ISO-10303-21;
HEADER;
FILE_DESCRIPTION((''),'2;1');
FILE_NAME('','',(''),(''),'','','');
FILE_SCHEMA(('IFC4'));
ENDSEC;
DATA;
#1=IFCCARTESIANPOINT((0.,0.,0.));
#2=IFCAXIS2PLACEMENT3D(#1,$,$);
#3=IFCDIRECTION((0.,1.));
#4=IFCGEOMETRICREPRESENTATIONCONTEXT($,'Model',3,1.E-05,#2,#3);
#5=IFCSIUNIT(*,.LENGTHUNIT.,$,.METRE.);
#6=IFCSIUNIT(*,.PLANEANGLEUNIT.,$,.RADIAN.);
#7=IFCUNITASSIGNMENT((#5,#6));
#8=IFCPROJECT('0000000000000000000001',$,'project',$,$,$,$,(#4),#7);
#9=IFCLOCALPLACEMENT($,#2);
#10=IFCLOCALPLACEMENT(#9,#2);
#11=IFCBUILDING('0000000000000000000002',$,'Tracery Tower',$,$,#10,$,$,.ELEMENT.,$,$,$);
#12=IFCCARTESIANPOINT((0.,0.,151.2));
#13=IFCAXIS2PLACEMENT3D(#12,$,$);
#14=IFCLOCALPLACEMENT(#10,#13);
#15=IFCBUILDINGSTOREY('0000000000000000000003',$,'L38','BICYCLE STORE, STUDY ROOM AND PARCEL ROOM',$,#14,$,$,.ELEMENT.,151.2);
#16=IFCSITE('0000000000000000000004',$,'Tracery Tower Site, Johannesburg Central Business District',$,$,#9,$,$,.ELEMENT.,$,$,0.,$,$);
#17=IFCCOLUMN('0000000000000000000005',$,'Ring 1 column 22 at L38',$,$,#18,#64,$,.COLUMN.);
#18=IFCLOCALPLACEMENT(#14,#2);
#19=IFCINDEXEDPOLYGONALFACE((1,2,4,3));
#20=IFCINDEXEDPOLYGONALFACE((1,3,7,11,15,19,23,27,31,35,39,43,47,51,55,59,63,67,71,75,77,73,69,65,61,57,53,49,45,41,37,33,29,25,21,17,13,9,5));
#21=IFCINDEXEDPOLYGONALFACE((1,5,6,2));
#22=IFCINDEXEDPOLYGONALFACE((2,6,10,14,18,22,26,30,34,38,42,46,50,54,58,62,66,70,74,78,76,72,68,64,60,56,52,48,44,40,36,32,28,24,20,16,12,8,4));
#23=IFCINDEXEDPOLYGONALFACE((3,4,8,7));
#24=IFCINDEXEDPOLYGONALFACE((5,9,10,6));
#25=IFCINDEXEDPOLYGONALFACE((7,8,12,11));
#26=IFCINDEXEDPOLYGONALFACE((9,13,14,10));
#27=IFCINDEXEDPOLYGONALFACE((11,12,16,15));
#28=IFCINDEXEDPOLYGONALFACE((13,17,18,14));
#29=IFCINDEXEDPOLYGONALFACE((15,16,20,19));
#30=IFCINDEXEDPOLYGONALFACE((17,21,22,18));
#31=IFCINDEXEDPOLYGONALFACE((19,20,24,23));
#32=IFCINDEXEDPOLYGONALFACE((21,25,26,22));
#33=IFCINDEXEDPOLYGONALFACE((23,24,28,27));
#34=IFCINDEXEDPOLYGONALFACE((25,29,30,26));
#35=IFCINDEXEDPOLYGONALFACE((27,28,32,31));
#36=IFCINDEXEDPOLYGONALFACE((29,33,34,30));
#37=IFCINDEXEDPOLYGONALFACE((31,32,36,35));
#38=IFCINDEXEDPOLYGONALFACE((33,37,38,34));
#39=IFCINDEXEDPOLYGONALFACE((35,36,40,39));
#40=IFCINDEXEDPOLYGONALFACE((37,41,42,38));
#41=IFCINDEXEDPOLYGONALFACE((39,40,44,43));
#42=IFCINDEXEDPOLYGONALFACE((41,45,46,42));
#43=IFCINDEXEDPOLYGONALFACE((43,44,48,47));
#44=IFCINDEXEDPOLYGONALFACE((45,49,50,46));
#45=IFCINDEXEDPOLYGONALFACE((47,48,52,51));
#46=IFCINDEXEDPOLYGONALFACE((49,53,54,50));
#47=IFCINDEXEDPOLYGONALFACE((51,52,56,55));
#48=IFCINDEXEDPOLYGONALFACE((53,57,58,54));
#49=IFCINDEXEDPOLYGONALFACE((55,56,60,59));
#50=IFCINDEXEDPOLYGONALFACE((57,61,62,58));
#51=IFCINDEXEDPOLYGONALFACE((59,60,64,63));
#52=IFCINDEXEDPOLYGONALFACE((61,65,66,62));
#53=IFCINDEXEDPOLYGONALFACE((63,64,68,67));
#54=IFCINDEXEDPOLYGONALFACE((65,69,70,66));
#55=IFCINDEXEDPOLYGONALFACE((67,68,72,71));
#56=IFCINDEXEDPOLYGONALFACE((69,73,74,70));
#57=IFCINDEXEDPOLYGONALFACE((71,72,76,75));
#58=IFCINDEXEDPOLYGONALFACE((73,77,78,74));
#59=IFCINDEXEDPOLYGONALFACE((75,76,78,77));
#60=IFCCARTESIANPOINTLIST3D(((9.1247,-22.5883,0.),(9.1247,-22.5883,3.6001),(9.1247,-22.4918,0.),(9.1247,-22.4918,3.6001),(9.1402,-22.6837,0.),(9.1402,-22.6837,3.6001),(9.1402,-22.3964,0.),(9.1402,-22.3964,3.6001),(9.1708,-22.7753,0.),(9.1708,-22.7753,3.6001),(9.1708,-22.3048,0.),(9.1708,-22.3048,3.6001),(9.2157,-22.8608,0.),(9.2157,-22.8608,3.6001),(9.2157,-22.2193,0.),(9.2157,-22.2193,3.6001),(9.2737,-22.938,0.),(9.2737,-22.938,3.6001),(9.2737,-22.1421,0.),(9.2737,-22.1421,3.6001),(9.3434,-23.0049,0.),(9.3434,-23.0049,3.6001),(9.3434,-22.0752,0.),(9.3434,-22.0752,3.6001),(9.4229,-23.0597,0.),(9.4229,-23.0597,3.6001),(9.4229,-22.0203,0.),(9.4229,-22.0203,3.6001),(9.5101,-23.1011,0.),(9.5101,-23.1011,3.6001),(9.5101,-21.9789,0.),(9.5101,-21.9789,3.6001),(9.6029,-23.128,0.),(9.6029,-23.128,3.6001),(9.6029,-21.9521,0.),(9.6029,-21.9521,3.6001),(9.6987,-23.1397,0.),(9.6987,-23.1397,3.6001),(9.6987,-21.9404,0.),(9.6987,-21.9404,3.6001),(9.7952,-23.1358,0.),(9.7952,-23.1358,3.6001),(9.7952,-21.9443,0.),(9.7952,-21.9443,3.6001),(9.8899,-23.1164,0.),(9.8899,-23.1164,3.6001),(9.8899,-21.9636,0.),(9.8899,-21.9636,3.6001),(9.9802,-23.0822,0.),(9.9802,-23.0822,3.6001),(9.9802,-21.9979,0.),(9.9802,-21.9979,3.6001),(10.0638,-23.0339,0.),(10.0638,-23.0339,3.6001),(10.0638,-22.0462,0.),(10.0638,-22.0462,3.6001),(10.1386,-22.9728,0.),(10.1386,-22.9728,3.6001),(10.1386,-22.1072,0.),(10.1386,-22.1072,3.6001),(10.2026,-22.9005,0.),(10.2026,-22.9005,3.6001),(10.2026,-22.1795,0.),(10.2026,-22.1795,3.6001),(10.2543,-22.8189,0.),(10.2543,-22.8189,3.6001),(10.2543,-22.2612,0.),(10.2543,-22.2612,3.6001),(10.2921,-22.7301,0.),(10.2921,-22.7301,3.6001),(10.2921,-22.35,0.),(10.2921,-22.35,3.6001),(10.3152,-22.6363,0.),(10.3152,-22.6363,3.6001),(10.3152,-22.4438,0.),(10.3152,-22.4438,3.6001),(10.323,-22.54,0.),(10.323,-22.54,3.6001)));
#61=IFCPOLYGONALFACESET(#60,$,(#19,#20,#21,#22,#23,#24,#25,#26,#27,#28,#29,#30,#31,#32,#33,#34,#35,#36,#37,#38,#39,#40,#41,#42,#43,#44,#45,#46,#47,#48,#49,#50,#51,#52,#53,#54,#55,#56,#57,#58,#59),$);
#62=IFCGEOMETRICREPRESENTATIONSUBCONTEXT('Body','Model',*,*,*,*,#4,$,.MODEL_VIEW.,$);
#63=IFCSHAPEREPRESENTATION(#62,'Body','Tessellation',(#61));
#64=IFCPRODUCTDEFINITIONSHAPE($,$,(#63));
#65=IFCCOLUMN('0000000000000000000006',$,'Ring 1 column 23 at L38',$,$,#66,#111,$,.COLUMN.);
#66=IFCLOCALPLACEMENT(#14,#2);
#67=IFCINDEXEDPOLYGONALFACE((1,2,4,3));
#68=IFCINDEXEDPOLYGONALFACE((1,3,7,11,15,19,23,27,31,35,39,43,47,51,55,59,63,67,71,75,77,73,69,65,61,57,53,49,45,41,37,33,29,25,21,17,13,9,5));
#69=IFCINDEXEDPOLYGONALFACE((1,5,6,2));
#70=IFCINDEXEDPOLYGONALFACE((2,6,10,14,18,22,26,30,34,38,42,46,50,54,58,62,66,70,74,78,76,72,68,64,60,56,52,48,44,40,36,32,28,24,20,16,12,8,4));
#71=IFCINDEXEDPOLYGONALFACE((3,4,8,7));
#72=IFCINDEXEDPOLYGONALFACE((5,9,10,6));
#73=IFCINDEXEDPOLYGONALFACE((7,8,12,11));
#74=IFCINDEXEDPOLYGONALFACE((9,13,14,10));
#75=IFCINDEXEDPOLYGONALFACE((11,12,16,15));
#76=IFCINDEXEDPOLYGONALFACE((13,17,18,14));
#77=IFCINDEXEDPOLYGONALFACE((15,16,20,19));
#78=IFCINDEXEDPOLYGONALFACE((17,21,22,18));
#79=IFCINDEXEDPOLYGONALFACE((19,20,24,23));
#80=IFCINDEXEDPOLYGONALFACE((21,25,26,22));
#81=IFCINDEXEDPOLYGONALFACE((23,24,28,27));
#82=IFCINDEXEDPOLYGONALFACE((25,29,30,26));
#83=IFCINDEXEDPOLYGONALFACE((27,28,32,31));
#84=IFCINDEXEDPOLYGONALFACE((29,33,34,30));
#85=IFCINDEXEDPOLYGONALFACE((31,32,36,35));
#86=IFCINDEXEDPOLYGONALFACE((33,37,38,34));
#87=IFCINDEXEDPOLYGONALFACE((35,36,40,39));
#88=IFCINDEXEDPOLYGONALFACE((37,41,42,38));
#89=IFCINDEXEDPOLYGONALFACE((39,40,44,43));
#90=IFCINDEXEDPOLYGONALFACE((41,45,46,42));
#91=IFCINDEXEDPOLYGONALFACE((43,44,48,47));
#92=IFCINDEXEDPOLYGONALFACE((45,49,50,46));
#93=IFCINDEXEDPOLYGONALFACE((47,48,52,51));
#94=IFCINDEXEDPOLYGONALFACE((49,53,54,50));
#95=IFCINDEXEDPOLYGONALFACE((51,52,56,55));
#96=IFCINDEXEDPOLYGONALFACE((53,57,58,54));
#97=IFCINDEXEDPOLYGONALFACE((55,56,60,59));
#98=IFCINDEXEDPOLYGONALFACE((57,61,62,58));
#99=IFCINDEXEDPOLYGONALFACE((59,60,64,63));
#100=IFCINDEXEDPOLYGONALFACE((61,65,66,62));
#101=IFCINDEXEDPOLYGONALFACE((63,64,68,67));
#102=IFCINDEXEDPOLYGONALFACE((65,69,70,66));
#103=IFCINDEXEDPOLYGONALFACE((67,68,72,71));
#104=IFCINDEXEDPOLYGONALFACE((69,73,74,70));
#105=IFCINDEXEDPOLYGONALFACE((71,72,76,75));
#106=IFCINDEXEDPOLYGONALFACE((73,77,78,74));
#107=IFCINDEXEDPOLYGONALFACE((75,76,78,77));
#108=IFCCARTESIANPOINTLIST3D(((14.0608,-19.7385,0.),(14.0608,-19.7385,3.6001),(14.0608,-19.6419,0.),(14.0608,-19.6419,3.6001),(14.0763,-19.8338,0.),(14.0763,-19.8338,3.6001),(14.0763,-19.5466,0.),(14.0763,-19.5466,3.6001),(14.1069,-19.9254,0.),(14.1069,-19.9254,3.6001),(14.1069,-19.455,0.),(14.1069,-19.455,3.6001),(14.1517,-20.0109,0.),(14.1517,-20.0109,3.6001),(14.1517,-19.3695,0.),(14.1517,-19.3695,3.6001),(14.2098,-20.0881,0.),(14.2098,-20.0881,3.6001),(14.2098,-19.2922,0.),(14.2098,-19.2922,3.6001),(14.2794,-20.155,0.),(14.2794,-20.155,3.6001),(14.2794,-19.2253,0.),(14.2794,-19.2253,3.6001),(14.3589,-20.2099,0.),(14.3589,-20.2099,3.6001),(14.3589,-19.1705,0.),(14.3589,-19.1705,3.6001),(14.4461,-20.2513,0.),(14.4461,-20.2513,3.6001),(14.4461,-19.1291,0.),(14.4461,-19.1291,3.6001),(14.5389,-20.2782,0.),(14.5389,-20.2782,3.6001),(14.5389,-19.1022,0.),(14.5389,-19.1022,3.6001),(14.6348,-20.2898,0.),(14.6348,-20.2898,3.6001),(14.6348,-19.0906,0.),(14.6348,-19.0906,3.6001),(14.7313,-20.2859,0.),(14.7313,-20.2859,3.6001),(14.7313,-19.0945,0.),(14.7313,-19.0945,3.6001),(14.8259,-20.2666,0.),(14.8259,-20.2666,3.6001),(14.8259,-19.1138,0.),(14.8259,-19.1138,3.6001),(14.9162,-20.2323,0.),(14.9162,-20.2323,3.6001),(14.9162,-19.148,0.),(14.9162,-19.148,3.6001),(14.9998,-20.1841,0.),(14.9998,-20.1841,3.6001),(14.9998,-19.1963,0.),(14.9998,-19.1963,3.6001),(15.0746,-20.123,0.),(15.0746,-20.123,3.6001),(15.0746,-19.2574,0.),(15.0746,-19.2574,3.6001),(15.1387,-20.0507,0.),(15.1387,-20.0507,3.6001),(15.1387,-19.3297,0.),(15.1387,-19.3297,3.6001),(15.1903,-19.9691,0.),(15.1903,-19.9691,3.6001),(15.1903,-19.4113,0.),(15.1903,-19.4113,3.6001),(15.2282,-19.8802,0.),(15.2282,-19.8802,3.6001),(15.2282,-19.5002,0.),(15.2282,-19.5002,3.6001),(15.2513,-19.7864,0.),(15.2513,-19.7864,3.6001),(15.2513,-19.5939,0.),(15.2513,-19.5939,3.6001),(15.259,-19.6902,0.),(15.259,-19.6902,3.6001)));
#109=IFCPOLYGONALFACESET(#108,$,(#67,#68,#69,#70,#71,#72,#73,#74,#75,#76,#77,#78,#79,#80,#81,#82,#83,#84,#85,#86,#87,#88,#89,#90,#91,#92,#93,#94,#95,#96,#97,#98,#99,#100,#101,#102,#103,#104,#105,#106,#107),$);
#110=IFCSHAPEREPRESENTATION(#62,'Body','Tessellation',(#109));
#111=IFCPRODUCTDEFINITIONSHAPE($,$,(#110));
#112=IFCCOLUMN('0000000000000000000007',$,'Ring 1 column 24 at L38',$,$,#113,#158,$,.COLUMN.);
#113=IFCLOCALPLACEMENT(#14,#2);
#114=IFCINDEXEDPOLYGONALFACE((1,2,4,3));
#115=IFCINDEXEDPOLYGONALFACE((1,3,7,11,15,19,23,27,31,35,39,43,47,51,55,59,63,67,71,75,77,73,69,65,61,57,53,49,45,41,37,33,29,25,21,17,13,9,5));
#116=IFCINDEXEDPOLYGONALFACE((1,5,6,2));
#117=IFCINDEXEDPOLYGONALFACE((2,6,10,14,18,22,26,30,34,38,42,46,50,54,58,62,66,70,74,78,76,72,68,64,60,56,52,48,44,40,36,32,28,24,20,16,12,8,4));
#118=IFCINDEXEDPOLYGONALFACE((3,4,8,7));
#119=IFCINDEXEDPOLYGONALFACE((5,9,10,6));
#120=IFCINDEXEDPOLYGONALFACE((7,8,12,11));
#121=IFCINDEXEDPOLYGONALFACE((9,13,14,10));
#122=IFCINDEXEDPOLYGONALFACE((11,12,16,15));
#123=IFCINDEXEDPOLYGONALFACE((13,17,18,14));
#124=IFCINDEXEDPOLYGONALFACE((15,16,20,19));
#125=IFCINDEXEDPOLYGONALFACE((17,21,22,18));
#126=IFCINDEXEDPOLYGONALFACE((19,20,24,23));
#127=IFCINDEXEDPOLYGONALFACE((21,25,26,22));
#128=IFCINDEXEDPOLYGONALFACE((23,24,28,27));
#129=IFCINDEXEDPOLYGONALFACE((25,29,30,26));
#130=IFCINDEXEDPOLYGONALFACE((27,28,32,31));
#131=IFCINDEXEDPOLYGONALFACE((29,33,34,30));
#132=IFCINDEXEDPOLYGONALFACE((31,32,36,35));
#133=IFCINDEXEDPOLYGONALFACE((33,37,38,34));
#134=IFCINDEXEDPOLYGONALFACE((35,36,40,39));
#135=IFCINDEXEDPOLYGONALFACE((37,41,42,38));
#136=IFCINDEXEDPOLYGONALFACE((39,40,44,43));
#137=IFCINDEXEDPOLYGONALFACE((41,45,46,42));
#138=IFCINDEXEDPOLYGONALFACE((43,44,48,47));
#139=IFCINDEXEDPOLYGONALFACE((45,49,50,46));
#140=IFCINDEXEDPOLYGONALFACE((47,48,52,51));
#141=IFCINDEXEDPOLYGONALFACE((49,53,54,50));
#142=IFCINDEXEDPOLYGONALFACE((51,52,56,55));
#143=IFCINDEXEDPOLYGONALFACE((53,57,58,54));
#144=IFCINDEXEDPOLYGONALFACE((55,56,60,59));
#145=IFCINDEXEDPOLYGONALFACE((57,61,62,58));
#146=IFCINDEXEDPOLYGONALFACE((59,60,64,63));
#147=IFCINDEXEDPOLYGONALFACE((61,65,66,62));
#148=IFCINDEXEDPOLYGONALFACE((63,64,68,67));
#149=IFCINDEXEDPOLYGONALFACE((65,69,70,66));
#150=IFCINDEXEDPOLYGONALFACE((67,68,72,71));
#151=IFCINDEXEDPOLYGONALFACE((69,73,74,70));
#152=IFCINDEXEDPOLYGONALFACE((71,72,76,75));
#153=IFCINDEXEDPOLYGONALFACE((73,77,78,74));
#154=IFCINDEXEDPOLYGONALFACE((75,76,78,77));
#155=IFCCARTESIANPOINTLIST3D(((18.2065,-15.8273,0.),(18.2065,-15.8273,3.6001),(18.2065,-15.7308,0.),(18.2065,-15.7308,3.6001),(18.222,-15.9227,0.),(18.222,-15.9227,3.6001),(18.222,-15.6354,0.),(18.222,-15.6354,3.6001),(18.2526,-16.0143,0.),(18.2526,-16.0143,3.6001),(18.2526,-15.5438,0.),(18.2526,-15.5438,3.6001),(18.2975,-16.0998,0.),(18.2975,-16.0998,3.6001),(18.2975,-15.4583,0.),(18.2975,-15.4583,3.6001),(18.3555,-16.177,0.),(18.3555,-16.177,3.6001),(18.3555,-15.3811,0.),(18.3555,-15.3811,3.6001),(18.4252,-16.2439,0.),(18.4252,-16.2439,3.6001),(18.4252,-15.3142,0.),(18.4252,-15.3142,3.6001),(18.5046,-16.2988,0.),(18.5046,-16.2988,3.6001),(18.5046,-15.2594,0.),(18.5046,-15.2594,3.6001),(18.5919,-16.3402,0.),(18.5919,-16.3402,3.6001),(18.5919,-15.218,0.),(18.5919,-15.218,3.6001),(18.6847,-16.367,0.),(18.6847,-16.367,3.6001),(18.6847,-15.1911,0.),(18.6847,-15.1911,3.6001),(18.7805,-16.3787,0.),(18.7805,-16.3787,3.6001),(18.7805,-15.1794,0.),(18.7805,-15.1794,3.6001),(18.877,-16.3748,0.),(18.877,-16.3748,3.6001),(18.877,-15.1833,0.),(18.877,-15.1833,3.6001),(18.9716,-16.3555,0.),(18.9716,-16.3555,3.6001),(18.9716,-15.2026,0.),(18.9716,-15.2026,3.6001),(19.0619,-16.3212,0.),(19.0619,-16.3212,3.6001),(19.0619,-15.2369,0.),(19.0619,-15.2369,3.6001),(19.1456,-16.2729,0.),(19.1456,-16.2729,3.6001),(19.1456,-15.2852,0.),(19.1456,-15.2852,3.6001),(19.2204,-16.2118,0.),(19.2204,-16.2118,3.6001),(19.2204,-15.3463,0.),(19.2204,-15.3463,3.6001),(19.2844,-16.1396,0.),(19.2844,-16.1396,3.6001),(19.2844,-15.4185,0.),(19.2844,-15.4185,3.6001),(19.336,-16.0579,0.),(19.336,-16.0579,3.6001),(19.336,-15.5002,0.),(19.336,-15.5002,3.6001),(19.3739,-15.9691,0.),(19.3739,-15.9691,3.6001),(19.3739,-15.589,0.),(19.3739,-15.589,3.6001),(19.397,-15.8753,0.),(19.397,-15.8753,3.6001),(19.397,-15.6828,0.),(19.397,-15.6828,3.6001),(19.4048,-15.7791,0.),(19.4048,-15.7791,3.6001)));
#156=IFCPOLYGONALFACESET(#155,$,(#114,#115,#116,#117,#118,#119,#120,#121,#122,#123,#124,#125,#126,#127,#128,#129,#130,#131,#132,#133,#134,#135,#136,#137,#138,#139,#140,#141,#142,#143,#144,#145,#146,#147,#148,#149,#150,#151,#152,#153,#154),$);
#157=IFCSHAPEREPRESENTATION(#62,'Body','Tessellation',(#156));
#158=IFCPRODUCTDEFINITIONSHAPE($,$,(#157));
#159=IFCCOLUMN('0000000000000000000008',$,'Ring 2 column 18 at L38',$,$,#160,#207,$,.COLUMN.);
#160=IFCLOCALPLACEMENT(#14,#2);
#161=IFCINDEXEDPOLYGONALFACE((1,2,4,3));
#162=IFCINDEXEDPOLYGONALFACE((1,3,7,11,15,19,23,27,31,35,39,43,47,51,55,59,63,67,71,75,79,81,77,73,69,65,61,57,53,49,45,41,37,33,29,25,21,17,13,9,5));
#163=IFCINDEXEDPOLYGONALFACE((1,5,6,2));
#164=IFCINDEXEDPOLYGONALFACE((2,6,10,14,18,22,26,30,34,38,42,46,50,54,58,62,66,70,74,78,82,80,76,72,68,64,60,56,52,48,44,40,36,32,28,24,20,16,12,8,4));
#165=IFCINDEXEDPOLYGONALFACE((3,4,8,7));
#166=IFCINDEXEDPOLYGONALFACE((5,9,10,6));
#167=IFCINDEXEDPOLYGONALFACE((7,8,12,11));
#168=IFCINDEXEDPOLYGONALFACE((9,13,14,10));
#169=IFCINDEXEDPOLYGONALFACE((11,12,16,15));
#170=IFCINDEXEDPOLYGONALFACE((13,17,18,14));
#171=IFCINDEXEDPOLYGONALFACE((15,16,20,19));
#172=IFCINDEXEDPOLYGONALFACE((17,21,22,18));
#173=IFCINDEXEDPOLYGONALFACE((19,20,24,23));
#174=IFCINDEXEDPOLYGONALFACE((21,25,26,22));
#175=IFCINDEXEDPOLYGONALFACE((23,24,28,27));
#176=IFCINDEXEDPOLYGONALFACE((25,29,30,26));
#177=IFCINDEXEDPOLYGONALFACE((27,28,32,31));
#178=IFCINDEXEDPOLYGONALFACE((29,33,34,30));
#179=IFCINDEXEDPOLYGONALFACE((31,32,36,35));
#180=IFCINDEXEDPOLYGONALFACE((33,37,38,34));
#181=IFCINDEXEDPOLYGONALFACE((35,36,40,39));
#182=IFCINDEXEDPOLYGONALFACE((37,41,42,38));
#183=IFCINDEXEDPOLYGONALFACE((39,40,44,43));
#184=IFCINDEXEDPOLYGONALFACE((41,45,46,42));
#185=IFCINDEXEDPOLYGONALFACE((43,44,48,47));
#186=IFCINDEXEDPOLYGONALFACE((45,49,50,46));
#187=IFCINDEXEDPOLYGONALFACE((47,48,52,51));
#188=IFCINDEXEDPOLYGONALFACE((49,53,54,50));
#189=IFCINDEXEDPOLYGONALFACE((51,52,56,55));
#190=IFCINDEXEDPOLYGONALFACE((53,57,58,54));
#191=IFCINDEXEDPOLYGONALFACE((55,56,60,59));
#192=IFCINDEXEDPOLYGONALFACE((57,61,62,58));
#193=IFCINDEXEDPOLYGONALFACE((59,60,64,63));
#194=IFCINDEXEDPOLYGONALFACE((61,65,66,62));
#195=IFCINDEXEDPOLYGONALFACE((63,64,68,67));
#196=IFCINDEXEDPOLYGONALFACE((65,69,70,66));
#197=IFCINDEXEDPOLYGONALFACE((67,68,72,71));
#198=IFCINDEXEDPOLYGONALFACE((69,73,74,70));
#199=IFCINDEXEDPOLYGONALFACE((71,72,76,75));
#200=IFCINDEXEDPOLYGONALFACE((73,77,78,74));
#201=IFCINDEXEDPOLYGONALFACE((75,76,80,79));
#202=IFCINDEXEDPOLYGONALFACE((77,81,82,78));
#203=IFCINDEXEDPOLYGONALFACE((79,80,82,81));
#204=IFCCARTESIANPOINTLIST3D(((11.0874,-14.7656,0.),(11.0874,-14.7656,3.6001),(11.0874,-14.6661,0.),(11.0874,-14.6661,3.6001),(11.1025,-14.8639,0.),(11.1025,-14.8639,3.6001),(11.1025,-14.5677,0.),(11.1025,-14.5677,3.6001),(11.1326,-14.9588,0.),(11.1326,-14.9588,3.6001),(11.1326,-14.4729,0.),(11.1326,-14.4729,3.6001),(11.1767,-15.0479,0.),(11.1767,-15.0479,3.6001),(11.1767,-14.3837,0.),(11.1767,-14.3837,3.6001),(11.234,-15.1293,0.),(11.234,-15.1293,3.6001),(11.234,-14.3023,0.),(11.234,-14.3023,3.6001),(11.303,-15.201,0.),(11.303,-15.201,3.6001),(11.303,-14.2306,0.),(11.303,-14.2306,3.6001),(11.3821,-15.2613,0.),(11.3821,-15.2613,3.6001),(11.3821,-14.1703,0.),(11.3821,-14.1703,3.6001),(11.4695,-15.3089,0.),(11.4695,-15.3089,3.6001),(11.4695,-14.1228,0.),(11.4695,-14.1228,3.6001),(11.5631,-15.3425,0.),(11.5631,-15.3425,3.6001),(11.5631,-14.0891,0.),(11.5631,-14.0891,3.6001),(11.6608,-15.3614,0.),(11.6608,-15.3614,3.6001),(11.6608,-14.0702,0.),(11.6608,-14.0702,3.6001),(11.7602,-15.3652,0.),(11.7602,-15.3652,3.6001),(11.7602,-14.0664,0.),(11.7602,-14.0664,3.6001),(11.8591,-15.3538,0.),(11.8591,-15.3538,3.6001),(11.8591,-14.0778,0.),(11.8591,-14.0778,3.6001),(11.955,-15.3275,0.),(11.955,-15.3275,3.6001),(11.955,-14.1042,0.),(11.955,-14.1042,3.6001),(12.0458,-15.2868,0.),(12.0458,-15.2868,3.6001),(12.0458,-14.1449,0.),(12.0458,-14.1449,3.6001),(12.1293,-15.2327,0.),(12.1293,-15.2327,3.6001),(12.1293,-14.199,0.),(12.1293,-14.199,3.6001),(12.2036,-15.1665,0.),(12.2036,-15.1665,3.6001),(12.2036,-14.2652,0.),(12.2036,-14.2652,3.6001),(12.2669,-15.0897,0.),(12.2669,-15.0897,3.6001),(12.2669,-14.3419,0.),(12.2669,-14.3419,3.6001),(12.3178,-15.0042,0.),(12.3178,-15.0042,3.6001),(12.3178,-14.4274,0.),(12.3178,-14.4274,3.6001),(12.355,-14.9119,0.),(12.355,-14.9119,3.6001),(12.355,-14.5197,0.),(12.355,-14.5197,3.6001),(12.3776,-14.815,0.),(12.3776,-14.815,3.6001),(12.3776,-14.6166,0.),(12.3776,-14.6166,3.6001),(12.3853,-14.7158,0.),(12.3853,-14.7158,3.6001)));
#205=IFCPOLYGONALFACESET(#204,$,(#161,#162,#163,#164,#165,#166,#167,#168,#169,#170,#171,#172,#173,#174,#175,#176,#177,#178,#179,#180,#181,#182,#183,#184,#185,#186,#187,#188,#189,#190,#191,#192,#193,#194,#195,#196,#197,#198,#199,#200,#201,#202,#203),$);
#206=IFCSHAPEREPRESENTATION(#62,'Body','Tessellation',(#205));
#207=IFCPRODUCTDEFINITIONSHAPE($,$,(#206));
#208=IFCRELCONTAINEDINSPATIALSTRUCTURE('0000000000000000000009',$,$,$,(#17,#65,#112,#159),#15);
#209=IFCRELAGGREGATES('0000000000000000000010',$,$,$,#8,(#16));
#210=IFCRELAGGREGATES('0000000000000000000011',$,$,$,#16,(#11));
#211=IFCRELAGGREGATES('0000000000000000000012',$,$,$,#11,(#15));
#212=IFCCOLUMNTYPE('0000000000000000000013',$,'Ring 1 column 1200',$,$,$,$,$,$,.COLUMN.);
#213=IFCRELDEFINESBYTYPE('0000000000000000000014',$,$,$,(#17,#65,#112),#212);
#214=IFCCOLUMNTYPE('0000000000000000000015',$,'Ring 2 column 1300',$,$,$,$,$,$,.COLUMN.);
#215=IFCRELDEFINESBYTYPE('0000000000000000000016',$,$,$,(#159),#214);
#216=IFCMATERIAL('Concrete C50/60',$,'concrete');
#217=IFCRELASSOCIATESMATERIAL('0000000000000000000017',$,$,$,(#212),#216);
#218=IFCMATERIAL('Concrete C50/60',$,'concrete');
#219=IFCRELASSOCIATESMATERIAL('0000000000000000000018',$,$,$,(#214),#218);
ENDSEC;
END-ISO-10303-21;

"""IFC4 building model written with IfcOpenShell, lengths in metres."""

from ifc_helpers import new_model, si_unit, direction, frame, origin, origin_2d, place, context, subcontext, project, spatial, circle, extrude, material, material_profile, profile_set, type_object, element, save


model = new_model("IFC4")

# Units and contexts
model_context = context("Model", 3, precision=1e-05, world=origin(), true_north=direction((0.0, 1.0)))
body_context = subcontext(model_context, "Body", "Model", "MODEL_VIEW")
ifc_project = project(units=[si_unit("LENGTHUNIT", "METRE"), si_unit("PLANEANGLEUNIT", "RADIAN")], contexts=[model_context])

# Site, building, storey
site_placement = place(None, origin())
site = spatial("IfcSite", under=ifc_project, at=site_placement, Name="Tracery Tower Site, Johannesburg Central Business District", CompositionType="ELEMENT", RefElevation=0.0)
building_placement = place(site_placement, origin())
building = spatial("IfcBuilding", under=site, at=building_placement, Name="Tracery Tower", CompositionType="ELEMENT")
storey_placement = place(building_placement, frame((0.0, 0.0, 151.2)))
storey = spatial("IfcBuildingStorey", under=building, at=storey_placement, Name="L38", Description="BICYCLE STORE, STUDY ROOM AND PARCEL ROOM", CompositionType="ELEMENT", Elevation=151.2)

# Columns
ifc_material_1 = material(Name="Concrete C50/60", Category="concrete")
ifc_material_profile_1 = material_profile(ifc_material_1, circle(Radius=0.6001, at=origin_2d()), Name="RC D1200")
ifc_profile_set_1 = profile_set([ifc_material_profile_1], Name="Concrete C50/60")
column_type_1 = type_object("IfcColumnType", Name="Ring 1 column 1200", PredefinedType="COLUMN", material=ifc_profile_set_1)
for number, where, z_axis, x_axis, name in (
    (1, (9.7229, -22.54, 0.0), (0.0, 0.0, 1.0), (1.0, 0.0, 0.0), "Ring 1 column 22 at L38"),
    (2, (14.6589, -19.6902, 0.0), (0.0, 0.0, 1.0), (1.0, 0.0, 0.0), "Ring 1 column 23 at L38"),
    (3, (18.8047, -15.7791, 0.0), (0.0, 0.0, 1.0), (1.0, 0.0, 0.0), "Ring 1 column 24 at L38"),
):
    element("IfcColumn", number, at=place(storey_placement, frame(where, z_axis=z_axis, x_axis=x_axis)), inside=storey, type_object=column_type_1, Name=name, PredefinedType="COLUMN", context=body_context, shape_type="SweptSolid", body=[
        extrude(circle(Radius=0.6001, at=origin_2d()), origin(), (0.0, 0.0, 1.0), 3.6001),
    ])
ifc_material_2 = material(Name="Concrete C50/60", Category="concrete")
ifc_material_profile_2 = material_profile(ifc_material_2, circle(Radius=0.6499, at=origin_2d()), Name="RC D1300")
ifc_profile_set_2 = profile_set([ifc_material_profile_2], Name="Concrete C50/60")
column_type_2 = type_object("IfcColumnType", Name="Ring 2 column 1300", PredefinedType="COLUMN", material=ifc_profile_set_2)
column_placement = place(storey_placement, frame((11.7354, -14.7158, 0.0), z_axis=(0.0, 0.0, 1.0), x_axis=(1.0, 0.0, 0.0)))
element("IfcColumn", 4, at=column_placement, inside=storey, type_object=column_type_2, Name="Ring 2 column 18 at L38", PredefinedType="COLUMN", context=body_context, shape_type="SweptSolid", body=[
    extrude(circle(Radius=0.6499, at=origin_2d()), origin(), (0.0, 0.0, 1.0), 3.6001),
])

save(model, "model.ifc")
